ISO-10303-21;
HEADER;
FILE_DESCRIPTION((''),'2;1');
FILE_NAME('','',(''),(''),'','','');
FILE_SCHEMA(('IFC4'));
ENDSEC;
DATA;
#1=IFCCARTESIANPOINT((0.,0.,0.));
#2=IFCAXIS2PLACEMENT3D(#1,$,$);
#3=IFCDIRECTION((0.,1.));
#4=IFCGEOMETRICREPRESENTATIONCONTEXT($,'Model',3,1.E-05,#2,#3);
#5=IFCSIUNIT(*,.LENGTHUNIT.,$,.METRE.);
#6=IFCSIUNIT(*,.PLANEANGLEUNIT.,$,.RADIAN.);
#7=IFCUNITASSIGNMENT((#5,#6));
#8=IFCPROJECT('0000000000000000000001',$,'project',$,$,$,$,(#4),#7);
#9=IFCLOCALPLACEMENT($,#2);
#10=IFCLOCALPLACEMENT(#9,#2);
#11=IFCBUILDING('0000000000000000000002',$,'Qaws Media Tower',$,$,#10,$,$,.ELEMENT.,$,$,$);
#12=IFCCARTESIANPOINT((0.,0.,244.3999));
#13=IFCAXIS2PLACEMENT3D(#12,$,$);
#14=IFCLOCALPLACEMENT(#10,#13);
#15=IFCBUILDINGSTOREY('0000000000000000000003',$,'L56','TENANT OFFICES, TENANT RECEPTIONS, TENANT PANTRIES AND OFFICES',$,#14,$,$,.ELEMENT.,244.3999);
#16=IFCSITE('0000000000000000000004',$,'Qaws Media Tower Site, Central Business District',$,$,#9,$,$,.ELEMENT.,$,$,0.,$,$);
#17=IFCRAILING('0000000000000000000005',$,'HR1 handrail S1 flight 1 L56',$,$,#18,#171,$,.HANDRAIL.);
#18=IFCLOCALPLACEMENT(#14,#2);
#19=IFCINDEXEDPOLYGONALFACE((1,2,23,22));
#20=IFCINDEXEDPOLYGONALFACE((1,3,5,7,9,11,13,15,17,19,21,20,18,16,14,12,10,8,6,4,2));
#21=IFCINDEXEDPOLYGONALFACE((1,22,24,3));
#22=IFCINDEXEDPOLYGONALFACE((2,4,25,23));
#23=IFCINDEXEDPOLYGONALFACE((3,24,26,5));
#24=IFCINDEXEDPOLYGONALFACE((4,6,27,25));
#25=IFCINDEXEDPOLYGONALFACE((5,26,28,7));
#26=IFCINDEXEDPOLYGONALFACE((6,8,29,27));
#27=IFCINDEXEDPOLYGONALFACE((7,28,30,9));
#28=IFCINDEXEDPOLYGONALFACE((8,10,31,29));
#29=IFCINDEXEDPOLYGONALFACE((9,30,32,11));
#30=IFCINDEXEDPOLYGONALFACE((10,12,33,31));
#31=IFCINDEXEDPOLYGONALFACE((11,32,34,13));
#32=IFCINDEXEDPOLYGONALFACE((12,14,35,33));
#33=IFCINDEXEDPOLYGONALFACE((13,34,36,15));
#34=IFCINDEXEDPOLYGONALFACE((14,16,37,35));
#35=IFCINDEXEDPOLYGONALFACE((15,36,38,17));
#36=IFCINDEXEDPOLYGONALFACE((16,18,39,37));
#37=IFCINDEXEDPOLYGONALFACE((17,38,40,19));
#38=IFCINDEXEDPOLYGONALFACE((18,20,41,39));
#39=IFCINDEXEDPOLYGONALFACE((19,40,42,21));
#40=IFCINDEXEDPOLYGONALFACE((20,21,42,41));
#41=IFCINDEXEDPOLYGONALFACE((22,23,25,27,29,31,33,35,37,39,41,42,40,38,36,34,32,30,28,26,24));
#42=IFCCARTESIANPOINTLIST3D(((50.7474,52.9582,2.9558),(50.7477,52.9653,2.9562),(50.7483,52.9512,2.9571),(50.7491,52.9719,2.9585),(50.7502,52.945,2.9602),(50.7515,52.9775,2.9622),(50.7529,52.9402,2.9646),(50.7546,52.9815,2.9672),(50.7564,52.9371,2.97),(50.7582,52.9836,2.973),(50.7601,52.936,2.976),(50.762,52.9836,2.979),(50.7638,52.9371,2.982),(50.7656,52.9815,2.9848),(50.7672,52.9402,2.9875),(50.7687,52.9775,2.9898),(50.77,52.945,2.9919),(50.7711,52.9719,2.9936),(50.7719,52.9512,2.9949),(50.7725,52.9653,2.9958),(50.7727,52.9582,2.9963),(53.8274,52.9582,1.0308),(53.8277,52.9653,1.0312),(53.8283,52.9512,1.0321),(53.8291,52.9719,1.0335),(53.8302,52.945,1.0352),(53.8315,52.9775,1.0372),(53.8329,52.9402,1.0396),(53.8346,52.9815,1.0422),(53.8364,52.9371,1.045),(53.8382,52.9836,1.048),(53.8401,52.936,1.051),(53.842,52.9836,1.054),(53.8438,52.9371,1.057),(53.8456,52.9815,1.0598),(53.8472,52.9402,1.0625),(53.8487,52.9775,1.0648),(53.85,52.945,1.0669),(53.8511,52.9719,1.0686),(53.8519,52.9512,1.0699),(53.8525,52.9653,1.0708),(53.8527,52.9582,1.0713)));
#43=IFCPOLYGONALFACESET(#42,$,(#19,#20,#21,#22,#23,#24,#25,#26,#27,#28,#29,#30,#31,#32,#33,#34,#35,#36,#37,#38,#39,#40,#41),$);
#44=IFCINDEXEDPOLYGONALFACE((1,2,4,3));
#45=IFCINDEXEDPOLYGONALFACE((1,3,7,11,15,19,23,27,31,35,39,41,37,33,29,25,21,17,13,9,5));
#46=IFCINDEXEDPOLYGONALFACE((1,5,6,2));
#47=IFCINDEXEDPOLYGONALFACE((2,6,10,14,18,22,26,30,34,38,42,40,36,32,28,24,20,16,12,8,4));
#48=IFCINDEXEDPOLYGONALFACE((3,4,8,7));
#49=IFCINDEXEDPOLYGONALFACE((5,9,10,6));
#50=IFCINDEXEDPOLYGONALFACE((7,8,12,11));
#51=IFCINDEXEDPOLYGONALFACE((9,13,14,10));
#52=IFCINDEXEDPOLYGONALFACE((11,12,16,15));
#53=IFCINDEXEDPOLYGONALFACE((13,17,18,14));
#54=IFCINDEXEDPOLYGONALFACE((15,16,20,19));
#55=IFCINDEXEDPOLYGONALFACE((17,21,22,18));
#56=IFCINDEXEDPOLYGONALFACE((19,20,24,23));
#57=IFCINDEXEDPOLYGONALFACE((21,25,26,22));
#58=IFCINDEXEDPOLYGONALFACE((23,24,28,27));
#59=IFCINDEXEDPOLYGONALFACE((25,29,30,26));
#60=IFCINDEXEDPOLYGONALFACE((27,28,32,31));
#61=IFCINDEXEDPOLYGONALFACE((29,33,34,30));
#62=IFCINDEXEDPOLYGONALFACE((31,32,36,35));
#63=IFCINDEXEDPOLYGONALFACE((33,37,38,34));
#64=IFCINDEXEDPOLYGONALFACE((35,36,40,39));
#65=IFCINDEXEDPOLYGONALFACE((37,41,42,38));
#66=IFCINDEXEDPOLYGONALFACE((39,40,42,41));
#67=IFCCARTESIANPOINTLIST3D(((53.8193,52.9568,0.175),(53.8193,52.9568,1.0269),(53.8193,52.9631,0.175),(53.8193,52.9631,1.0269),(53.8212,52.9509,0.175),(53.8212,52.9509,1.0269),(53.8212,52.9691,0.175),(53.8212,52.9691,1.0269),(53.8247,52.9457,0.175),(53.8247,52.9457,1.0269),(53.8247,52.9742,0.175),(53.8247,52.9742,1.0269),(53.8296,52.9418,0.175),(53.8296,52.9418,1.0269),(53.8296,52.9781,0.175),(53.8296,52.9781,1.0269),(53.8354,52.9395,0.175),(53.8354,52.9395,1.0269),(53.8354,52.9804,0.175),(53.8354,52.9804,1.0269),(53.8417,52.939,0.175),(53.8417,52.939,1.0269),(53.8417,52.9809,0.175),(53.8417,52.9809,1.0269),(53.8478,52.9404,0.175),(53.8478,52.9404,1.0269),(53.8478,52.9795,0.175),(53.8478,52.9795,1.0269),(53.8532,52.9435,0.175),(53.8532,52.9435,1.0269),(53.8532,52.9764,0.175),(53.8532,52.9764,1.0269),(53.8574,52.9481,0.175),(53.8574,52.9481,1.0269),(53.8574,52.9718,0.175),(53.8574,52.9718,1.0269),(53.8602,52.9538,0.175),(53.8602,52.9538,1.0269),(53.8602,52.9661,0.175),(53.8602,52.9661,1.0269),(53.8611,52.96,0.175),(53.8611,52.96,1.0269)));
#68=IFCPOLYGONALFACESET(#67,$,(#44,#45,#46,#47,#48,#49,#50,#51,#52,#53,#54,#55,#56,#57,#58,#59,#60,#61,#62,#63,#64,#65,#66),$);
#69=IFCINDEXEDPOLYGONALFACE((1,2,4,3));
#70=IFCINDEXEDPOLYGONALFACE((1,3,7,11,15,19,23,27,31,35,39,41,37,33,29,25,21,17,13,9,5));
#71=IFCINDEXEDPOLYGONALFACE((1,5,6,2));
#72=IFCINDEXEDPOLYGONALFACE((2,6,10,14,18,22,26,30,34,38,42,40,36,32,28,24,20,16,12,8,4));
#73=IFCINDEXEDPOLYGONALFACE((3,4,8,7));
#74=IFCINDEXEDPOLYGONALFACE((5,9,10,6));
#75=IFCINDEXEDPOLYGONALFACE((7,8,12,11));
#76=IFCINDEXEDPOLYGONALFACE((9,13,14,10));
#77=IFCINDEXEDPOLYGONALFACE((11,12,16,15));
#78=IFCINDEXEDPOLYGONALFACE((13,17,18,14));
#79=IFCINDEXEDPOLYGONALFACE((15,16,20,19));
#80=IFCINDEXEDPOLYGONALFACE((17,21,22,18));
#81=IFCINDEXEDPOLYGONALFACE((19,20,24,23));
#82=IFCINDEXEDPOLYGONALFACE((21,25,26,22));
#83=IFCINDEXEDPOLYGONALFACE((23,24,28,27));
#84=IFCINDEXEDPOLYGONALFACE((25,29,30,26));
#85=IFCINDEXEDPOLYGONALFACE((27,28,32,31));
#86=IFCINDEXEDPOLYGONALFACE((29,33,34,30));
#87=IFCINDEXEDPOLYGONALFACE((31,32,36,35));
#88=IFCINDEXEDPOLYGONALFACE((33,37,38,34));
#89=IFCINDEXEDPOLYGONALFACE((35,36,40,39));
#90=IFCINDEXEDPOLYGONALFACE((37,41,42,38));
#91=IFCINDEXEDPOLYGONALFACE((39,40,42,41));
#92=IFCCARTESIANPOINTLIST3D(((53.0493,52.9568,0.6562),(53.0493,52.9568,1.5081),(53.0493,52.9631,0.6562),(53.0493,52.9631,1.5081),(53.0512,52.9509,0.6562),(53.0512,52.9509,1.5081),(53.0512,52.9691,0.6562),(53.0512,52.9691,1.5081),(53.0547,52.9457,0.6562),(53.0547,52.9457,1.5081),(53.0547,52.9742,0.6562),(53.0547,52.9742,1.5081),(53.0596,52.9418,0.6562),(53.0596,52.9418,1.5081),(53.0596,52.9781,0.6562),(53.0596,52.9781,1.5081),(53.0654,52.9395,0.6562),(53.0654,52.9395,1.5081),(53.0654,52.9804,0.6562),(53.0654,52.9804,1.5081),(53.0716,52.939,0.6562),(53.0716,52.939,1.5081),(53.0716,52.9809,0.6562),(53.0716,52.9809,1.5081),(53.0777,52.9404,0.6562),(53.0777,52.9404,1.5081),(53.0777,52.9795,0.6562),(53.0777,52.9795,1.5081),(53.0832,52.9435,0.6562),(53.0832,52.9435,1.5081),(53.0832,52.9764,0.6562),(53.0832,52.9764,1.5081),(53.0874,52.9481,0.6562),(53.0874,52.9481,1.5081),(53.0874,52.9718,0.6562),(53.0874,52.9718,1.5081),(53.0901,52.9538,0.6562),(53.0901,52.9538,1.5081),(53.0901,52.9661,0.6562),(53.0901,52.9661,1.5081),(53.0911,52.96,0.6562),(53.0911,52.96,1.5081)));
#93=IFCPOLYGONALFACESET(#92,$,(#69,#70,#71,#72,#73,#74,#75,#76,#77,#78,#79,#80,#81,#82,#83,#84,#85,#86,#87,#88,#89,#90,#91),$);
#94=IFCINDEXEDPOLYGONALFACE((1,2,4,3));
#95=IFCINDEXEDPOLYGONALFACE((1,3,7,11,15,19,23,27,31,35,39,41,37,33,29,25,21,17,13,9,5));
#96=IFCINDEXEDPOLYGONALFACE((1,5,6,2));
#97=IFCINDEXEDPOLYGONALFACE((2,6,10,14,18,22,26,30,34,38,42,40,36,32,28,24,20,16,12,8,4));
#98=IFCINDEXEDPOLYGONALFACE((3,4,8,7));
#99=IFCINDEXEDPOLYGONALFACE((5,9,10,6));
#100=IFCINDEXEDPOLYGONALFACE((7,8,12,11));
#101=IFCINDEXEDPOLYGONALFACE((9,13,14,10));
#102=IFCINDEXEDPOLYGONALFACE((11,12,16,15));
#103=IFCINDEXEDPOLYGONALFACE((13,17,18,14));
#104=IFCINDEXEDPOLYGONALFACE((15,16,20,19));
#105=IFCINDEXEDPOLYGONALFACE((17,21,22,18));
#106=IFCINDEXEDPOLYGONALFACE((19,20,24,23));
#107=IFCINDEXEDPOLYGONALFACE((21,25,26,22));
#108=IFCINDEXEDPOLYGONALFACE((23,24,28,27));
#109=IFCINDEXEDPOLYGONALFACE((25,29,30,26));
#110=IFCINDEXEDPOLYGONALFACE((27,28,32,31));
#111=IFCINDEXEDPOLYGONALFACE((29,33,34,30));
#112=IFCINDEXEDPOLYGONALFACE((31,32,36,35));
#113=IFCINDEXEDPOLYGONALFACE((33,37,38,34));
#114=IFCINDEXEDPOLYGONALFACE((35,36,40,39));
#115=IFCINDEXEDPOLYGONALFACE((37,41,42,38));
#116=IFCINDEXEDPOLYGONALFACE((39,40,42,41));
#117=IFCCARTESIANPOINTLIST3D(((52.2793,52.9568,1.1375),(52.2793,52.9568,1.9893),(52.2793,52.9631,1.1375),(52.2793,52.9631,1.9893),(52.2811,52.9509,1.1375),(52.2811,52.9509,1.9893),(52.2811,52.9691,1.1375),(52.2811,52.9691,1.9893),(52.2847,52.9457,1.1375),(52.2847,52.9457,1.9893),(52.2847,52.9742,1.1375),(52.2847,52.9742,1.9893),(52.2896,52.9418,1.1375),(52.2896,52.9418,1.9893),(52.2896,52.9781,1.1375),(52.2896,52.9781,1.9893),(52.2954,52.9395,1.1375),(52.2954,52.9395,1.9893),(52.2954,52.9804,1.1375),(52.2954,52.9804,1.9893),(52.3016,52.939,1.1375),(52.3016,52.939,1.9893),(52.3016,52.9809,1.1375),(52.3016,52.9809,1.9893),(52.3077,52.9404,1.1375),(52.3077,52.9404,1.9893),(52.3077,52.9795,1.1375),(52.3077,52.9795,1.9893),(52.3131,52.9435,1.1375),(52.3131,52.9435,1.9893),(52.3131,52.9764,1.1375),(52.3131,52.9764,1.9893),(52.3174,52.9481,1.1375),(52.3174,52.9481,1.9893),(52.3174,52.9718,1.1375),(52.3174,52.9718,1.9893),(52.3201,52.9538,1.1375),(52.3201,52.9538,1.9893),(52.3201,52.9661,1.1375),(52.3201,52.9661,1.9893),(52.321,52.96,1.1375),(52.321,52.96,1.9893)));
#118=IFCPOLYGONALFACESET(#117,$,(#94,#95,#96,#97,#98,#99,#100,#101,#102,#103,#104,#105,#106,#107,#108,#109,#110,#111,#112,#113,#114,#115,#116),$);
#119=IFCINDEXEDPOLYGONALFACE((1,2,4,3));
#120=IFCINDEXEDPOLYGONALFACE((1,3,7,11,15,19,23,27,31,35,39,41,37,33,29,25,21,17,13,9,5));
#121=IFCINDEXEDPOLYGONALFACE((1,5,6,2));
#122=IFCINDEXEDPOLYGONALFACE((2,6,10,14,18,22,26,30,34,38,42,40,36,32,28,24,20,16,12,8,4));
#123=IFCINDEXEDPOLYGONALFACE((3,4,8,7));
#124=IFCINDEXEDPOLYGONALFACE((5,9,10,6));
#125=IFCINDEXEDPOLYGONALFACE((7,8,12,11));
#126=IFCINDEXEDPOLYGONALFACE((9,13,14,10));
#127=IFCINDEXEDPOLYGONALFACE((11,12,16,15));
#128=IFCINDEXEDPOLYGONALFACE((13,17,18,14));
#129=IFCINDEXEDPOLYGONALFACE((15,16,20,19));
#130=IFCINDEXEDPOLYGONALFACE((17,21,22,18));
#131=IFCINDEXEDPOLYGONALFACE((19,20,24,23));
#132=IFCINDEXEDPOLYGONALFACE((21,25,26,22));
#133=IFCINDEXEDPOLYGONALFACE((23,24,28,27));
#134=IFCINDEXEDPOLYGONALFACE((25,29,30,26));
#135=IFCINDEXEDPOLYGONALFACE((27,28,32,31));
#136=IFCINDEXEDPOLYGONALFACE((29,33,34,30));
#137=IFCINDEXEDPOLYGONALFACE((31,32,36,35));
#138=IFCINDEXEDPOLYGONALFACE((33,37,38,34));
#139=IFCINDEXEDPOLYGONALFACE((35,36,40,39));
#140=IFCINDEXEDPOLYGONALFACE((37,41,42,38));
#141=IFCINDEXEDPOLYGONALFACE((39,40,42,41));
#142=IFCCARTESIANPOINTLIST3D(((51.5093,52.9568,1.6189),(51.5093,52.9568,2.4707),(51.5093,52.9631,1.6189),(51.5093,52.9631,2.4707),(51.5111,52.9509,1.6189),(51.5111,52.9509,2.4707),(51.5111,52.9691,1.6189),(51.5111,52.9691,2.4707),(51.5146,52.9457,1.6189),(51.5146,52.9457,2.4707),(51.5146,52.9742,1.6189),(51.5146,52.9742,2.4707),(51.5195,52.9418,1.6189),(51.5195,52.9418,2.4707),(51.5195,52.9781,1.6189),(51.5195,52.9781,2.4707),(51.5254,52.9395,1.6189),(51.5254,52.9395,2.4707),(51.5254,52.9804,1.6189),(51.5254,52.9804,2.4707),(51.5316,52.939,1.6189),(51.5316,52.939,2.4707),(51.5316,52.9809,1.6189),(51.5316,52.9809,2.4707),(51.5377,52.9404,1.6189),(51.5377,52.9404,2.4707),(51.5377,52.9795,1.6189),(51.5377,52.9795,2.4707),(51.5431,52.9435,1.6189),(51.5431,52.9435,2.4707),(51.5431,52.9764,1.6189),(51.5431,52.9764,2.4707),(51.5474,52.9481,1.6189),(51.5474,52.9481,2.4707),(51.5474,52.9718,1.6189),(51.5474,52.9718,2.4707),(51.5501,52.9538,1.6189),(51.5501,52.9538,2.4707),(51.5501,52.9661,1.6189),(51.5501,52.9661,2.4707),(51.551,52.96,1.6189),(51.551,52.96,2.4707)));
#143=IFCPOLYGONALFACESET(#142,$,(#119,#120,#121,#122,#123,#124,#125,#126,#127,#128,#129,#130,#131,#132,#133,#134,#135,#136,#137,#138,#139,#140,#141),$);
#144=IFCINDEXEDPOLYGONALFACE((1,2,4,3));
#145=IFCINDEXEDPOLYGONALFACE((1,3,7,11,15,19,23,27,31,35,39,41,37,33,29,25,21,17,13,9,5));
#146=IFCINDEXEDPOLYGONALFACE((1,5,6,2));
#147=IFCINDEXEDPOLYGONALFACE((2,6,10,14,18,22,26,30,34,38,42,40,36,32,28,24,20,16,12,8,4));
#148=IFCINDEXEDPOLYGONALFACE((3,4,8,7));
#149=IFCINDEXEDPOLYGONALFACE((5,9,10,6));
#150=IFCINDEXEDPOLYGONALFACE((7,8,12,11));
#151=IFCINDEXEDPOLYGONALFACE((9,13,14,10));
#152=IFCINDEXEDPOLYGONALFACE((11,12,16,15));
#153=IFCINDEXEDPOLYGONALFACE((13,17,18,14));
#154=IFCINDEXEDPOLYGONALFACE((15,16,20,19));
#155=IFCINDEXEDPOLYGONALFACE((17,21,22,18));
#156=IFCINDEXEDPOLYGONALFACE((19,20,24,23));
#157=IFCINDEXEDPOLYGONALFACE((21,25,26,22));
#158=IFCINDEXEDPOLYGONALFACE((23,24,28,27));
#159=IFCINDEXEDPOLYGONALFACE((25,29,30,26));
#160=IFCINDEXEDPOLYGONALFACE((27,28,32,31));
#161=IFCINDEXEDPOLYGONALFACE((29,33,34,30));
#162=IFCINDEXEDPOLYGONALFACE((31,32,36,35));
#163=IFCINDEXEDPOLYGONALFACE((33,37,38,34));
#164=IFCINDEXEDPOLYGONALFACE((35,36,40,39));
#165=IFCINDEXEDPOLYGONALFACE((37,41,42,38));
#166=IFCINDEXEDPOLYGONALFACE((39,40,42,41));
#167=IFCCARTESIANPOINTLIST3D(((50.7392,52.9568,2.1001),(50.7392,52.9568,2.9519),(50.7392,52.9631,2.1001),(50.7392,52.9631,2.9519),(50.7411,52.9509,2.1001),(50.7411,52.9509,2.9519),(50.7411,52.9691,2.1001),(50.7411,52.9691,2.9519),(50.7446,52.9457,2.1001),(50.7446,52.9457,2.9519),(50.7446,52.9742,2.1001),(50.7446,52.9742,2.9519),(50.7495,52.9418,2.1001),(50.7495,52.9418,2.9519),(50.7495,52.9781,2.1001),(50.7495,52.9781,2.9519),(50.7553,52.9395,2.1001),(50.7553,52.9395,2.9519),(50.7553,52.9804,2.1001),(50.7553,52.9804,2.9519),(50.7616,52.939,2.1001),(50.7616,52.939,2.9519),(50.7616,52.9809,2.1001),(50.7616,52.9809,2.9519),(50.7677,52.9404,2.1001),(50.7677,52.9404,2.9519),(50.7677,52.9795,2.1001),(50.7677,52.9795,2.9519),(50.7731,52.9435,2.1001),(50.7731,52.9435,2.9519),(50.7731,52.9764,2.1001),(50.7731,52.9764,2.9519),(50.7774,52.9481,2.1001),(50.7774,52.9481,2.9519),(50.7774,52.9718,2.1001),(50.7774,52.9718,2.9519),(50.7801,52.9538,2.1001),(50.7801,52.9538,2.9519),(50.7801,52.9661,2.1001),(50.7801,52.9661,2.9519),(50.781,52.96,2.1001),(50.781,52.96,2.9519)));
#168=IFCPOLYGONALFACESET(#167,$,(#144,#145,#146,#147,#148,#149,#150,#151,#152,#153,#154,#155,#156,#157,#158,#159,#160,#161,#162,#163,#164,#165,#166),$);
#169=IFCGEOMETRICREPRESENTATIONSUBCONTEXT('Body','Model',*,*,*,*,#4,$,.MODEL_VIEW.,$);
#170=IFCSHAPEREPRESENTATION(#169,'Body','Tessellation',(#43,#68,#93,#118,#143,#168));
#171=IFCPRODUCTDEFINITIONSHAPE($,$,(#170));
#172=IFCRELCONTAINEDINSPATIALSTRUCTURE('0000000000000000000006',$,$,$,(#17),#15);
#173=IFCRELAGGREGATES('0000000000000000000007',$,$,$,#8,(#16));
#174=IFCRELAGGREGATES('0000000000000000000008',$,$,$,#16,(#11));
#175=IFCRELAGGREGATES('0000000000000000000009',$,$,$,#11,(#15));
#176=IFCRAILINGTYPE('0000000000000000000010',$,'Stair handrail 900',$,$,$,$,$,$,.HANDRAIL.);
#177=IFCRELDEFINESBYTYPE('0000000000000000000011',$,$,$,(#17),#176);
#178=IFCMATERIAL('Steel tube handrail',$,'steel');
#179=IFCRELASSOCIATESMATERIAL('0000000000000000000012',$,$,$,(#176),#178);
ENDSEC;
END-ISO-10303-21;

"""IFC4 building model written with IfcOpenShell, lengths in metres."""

from ifc_helpers import new_model, si_unit, direction, frame, origin, origin_2d, place, context, subcontext, project, spatial, circle, extrude, material, type_object, element, save


model = new_model("IFC4")

# Units and contexts
model_context = context("Model", 3, precision=1e-05, world=origin(), true_north=direction((0.0, 1.0)))
body_context = subcontext(model_context, "Body", "Model", "MODEL_VIEW")
ifc_project = project(units=[si_unit("LENGTHUNIT", "METRE"), si_unit("PLANEANGLEUNIT", "RADIAN")], contexts=[model_context])

# Site, building, storey
site_placement = place(None, origin())
site = spatial("IfcSite", under=ifc_project, at=site_placement, Name="Qaws Media Tower Site, Central Business District", CompositionType="ELEMENT", RefElevation=0.0)
building_placement = place(site_placement, origin())
building = spatial("IfcBuilding", under=site, at=building_placement, Name="Qaws Media Tower", CompositionType="ELEMENT")
storey_placement = place(building_placement, frame((0.0, 0.0, 244.3999)))
storey = spatial("IfcBuildingStorey", under=building, at=storey_placement, Name="L56", Description="TENANT OFFICES, TENANT RECEPTIONS, TENANT PANTRIES AND OFFICES", CompositionType="ELEMENT", Elevation=244.3999)

# Railing
ifc_material_1 = material(Name="Steel tube handrail", Category="steel")
railing_type = type_object("IfcRailingType", Name="Stair handrail 900", PredefinedType="HANDRAIL", material=ifc_material_1)
for number, where, name in (
    (1, (53.8401, 52.96, 0.175), "HR1 handrail S1 flight 1 L56"),
):
    element("IfcRailing", number, at=place(storey_placement, frame(where)), inside=storey, type_object=railing_type, Name=name, PredefinedType="HANDRAIL", context=body_context, shape_type="SweptSolid", body=[
        extrude(circle(Radius=0.0239, at=origin_2d()), frame((0.0, 0.0, 0.876), z_axis=(-0.847998, 0.0, 0.529999), x_axis=(0.0, -1.0, 0.0)), (0.0, 0.0, 1.0), 3.6321),
        extrude(circle(Radius=0.021, at=origin_2d()), origin(), (0.0, 0.0, 1.0), 0.8518),
        extrude(circle(Radius=0.021, at=origin_2d()), frame((-0.77, 0.0, 0.4812)), (0.0, 0.0, 1.0), 0.8518),
        extrude(circle(Radius=0.021, at=origin_2d()), frame((-1.54, 0.0, 0.9624)), (0.0, 0.0, 1.0), 0.8518),
        extrude(circle(Radius=0.021, at=origin_2d()), frame((-2.3101, 0.0, 1.4438)), (0.0, 0.0, 1.0), 0.8518),
        extrude(circle(Radius=0.021, at=origin_2d()), frame((-3.0801, 0.0, 1.925)), (0.0, 0.0, 1.0), 0.8518),
    ])

save(model, "model.ifc")
